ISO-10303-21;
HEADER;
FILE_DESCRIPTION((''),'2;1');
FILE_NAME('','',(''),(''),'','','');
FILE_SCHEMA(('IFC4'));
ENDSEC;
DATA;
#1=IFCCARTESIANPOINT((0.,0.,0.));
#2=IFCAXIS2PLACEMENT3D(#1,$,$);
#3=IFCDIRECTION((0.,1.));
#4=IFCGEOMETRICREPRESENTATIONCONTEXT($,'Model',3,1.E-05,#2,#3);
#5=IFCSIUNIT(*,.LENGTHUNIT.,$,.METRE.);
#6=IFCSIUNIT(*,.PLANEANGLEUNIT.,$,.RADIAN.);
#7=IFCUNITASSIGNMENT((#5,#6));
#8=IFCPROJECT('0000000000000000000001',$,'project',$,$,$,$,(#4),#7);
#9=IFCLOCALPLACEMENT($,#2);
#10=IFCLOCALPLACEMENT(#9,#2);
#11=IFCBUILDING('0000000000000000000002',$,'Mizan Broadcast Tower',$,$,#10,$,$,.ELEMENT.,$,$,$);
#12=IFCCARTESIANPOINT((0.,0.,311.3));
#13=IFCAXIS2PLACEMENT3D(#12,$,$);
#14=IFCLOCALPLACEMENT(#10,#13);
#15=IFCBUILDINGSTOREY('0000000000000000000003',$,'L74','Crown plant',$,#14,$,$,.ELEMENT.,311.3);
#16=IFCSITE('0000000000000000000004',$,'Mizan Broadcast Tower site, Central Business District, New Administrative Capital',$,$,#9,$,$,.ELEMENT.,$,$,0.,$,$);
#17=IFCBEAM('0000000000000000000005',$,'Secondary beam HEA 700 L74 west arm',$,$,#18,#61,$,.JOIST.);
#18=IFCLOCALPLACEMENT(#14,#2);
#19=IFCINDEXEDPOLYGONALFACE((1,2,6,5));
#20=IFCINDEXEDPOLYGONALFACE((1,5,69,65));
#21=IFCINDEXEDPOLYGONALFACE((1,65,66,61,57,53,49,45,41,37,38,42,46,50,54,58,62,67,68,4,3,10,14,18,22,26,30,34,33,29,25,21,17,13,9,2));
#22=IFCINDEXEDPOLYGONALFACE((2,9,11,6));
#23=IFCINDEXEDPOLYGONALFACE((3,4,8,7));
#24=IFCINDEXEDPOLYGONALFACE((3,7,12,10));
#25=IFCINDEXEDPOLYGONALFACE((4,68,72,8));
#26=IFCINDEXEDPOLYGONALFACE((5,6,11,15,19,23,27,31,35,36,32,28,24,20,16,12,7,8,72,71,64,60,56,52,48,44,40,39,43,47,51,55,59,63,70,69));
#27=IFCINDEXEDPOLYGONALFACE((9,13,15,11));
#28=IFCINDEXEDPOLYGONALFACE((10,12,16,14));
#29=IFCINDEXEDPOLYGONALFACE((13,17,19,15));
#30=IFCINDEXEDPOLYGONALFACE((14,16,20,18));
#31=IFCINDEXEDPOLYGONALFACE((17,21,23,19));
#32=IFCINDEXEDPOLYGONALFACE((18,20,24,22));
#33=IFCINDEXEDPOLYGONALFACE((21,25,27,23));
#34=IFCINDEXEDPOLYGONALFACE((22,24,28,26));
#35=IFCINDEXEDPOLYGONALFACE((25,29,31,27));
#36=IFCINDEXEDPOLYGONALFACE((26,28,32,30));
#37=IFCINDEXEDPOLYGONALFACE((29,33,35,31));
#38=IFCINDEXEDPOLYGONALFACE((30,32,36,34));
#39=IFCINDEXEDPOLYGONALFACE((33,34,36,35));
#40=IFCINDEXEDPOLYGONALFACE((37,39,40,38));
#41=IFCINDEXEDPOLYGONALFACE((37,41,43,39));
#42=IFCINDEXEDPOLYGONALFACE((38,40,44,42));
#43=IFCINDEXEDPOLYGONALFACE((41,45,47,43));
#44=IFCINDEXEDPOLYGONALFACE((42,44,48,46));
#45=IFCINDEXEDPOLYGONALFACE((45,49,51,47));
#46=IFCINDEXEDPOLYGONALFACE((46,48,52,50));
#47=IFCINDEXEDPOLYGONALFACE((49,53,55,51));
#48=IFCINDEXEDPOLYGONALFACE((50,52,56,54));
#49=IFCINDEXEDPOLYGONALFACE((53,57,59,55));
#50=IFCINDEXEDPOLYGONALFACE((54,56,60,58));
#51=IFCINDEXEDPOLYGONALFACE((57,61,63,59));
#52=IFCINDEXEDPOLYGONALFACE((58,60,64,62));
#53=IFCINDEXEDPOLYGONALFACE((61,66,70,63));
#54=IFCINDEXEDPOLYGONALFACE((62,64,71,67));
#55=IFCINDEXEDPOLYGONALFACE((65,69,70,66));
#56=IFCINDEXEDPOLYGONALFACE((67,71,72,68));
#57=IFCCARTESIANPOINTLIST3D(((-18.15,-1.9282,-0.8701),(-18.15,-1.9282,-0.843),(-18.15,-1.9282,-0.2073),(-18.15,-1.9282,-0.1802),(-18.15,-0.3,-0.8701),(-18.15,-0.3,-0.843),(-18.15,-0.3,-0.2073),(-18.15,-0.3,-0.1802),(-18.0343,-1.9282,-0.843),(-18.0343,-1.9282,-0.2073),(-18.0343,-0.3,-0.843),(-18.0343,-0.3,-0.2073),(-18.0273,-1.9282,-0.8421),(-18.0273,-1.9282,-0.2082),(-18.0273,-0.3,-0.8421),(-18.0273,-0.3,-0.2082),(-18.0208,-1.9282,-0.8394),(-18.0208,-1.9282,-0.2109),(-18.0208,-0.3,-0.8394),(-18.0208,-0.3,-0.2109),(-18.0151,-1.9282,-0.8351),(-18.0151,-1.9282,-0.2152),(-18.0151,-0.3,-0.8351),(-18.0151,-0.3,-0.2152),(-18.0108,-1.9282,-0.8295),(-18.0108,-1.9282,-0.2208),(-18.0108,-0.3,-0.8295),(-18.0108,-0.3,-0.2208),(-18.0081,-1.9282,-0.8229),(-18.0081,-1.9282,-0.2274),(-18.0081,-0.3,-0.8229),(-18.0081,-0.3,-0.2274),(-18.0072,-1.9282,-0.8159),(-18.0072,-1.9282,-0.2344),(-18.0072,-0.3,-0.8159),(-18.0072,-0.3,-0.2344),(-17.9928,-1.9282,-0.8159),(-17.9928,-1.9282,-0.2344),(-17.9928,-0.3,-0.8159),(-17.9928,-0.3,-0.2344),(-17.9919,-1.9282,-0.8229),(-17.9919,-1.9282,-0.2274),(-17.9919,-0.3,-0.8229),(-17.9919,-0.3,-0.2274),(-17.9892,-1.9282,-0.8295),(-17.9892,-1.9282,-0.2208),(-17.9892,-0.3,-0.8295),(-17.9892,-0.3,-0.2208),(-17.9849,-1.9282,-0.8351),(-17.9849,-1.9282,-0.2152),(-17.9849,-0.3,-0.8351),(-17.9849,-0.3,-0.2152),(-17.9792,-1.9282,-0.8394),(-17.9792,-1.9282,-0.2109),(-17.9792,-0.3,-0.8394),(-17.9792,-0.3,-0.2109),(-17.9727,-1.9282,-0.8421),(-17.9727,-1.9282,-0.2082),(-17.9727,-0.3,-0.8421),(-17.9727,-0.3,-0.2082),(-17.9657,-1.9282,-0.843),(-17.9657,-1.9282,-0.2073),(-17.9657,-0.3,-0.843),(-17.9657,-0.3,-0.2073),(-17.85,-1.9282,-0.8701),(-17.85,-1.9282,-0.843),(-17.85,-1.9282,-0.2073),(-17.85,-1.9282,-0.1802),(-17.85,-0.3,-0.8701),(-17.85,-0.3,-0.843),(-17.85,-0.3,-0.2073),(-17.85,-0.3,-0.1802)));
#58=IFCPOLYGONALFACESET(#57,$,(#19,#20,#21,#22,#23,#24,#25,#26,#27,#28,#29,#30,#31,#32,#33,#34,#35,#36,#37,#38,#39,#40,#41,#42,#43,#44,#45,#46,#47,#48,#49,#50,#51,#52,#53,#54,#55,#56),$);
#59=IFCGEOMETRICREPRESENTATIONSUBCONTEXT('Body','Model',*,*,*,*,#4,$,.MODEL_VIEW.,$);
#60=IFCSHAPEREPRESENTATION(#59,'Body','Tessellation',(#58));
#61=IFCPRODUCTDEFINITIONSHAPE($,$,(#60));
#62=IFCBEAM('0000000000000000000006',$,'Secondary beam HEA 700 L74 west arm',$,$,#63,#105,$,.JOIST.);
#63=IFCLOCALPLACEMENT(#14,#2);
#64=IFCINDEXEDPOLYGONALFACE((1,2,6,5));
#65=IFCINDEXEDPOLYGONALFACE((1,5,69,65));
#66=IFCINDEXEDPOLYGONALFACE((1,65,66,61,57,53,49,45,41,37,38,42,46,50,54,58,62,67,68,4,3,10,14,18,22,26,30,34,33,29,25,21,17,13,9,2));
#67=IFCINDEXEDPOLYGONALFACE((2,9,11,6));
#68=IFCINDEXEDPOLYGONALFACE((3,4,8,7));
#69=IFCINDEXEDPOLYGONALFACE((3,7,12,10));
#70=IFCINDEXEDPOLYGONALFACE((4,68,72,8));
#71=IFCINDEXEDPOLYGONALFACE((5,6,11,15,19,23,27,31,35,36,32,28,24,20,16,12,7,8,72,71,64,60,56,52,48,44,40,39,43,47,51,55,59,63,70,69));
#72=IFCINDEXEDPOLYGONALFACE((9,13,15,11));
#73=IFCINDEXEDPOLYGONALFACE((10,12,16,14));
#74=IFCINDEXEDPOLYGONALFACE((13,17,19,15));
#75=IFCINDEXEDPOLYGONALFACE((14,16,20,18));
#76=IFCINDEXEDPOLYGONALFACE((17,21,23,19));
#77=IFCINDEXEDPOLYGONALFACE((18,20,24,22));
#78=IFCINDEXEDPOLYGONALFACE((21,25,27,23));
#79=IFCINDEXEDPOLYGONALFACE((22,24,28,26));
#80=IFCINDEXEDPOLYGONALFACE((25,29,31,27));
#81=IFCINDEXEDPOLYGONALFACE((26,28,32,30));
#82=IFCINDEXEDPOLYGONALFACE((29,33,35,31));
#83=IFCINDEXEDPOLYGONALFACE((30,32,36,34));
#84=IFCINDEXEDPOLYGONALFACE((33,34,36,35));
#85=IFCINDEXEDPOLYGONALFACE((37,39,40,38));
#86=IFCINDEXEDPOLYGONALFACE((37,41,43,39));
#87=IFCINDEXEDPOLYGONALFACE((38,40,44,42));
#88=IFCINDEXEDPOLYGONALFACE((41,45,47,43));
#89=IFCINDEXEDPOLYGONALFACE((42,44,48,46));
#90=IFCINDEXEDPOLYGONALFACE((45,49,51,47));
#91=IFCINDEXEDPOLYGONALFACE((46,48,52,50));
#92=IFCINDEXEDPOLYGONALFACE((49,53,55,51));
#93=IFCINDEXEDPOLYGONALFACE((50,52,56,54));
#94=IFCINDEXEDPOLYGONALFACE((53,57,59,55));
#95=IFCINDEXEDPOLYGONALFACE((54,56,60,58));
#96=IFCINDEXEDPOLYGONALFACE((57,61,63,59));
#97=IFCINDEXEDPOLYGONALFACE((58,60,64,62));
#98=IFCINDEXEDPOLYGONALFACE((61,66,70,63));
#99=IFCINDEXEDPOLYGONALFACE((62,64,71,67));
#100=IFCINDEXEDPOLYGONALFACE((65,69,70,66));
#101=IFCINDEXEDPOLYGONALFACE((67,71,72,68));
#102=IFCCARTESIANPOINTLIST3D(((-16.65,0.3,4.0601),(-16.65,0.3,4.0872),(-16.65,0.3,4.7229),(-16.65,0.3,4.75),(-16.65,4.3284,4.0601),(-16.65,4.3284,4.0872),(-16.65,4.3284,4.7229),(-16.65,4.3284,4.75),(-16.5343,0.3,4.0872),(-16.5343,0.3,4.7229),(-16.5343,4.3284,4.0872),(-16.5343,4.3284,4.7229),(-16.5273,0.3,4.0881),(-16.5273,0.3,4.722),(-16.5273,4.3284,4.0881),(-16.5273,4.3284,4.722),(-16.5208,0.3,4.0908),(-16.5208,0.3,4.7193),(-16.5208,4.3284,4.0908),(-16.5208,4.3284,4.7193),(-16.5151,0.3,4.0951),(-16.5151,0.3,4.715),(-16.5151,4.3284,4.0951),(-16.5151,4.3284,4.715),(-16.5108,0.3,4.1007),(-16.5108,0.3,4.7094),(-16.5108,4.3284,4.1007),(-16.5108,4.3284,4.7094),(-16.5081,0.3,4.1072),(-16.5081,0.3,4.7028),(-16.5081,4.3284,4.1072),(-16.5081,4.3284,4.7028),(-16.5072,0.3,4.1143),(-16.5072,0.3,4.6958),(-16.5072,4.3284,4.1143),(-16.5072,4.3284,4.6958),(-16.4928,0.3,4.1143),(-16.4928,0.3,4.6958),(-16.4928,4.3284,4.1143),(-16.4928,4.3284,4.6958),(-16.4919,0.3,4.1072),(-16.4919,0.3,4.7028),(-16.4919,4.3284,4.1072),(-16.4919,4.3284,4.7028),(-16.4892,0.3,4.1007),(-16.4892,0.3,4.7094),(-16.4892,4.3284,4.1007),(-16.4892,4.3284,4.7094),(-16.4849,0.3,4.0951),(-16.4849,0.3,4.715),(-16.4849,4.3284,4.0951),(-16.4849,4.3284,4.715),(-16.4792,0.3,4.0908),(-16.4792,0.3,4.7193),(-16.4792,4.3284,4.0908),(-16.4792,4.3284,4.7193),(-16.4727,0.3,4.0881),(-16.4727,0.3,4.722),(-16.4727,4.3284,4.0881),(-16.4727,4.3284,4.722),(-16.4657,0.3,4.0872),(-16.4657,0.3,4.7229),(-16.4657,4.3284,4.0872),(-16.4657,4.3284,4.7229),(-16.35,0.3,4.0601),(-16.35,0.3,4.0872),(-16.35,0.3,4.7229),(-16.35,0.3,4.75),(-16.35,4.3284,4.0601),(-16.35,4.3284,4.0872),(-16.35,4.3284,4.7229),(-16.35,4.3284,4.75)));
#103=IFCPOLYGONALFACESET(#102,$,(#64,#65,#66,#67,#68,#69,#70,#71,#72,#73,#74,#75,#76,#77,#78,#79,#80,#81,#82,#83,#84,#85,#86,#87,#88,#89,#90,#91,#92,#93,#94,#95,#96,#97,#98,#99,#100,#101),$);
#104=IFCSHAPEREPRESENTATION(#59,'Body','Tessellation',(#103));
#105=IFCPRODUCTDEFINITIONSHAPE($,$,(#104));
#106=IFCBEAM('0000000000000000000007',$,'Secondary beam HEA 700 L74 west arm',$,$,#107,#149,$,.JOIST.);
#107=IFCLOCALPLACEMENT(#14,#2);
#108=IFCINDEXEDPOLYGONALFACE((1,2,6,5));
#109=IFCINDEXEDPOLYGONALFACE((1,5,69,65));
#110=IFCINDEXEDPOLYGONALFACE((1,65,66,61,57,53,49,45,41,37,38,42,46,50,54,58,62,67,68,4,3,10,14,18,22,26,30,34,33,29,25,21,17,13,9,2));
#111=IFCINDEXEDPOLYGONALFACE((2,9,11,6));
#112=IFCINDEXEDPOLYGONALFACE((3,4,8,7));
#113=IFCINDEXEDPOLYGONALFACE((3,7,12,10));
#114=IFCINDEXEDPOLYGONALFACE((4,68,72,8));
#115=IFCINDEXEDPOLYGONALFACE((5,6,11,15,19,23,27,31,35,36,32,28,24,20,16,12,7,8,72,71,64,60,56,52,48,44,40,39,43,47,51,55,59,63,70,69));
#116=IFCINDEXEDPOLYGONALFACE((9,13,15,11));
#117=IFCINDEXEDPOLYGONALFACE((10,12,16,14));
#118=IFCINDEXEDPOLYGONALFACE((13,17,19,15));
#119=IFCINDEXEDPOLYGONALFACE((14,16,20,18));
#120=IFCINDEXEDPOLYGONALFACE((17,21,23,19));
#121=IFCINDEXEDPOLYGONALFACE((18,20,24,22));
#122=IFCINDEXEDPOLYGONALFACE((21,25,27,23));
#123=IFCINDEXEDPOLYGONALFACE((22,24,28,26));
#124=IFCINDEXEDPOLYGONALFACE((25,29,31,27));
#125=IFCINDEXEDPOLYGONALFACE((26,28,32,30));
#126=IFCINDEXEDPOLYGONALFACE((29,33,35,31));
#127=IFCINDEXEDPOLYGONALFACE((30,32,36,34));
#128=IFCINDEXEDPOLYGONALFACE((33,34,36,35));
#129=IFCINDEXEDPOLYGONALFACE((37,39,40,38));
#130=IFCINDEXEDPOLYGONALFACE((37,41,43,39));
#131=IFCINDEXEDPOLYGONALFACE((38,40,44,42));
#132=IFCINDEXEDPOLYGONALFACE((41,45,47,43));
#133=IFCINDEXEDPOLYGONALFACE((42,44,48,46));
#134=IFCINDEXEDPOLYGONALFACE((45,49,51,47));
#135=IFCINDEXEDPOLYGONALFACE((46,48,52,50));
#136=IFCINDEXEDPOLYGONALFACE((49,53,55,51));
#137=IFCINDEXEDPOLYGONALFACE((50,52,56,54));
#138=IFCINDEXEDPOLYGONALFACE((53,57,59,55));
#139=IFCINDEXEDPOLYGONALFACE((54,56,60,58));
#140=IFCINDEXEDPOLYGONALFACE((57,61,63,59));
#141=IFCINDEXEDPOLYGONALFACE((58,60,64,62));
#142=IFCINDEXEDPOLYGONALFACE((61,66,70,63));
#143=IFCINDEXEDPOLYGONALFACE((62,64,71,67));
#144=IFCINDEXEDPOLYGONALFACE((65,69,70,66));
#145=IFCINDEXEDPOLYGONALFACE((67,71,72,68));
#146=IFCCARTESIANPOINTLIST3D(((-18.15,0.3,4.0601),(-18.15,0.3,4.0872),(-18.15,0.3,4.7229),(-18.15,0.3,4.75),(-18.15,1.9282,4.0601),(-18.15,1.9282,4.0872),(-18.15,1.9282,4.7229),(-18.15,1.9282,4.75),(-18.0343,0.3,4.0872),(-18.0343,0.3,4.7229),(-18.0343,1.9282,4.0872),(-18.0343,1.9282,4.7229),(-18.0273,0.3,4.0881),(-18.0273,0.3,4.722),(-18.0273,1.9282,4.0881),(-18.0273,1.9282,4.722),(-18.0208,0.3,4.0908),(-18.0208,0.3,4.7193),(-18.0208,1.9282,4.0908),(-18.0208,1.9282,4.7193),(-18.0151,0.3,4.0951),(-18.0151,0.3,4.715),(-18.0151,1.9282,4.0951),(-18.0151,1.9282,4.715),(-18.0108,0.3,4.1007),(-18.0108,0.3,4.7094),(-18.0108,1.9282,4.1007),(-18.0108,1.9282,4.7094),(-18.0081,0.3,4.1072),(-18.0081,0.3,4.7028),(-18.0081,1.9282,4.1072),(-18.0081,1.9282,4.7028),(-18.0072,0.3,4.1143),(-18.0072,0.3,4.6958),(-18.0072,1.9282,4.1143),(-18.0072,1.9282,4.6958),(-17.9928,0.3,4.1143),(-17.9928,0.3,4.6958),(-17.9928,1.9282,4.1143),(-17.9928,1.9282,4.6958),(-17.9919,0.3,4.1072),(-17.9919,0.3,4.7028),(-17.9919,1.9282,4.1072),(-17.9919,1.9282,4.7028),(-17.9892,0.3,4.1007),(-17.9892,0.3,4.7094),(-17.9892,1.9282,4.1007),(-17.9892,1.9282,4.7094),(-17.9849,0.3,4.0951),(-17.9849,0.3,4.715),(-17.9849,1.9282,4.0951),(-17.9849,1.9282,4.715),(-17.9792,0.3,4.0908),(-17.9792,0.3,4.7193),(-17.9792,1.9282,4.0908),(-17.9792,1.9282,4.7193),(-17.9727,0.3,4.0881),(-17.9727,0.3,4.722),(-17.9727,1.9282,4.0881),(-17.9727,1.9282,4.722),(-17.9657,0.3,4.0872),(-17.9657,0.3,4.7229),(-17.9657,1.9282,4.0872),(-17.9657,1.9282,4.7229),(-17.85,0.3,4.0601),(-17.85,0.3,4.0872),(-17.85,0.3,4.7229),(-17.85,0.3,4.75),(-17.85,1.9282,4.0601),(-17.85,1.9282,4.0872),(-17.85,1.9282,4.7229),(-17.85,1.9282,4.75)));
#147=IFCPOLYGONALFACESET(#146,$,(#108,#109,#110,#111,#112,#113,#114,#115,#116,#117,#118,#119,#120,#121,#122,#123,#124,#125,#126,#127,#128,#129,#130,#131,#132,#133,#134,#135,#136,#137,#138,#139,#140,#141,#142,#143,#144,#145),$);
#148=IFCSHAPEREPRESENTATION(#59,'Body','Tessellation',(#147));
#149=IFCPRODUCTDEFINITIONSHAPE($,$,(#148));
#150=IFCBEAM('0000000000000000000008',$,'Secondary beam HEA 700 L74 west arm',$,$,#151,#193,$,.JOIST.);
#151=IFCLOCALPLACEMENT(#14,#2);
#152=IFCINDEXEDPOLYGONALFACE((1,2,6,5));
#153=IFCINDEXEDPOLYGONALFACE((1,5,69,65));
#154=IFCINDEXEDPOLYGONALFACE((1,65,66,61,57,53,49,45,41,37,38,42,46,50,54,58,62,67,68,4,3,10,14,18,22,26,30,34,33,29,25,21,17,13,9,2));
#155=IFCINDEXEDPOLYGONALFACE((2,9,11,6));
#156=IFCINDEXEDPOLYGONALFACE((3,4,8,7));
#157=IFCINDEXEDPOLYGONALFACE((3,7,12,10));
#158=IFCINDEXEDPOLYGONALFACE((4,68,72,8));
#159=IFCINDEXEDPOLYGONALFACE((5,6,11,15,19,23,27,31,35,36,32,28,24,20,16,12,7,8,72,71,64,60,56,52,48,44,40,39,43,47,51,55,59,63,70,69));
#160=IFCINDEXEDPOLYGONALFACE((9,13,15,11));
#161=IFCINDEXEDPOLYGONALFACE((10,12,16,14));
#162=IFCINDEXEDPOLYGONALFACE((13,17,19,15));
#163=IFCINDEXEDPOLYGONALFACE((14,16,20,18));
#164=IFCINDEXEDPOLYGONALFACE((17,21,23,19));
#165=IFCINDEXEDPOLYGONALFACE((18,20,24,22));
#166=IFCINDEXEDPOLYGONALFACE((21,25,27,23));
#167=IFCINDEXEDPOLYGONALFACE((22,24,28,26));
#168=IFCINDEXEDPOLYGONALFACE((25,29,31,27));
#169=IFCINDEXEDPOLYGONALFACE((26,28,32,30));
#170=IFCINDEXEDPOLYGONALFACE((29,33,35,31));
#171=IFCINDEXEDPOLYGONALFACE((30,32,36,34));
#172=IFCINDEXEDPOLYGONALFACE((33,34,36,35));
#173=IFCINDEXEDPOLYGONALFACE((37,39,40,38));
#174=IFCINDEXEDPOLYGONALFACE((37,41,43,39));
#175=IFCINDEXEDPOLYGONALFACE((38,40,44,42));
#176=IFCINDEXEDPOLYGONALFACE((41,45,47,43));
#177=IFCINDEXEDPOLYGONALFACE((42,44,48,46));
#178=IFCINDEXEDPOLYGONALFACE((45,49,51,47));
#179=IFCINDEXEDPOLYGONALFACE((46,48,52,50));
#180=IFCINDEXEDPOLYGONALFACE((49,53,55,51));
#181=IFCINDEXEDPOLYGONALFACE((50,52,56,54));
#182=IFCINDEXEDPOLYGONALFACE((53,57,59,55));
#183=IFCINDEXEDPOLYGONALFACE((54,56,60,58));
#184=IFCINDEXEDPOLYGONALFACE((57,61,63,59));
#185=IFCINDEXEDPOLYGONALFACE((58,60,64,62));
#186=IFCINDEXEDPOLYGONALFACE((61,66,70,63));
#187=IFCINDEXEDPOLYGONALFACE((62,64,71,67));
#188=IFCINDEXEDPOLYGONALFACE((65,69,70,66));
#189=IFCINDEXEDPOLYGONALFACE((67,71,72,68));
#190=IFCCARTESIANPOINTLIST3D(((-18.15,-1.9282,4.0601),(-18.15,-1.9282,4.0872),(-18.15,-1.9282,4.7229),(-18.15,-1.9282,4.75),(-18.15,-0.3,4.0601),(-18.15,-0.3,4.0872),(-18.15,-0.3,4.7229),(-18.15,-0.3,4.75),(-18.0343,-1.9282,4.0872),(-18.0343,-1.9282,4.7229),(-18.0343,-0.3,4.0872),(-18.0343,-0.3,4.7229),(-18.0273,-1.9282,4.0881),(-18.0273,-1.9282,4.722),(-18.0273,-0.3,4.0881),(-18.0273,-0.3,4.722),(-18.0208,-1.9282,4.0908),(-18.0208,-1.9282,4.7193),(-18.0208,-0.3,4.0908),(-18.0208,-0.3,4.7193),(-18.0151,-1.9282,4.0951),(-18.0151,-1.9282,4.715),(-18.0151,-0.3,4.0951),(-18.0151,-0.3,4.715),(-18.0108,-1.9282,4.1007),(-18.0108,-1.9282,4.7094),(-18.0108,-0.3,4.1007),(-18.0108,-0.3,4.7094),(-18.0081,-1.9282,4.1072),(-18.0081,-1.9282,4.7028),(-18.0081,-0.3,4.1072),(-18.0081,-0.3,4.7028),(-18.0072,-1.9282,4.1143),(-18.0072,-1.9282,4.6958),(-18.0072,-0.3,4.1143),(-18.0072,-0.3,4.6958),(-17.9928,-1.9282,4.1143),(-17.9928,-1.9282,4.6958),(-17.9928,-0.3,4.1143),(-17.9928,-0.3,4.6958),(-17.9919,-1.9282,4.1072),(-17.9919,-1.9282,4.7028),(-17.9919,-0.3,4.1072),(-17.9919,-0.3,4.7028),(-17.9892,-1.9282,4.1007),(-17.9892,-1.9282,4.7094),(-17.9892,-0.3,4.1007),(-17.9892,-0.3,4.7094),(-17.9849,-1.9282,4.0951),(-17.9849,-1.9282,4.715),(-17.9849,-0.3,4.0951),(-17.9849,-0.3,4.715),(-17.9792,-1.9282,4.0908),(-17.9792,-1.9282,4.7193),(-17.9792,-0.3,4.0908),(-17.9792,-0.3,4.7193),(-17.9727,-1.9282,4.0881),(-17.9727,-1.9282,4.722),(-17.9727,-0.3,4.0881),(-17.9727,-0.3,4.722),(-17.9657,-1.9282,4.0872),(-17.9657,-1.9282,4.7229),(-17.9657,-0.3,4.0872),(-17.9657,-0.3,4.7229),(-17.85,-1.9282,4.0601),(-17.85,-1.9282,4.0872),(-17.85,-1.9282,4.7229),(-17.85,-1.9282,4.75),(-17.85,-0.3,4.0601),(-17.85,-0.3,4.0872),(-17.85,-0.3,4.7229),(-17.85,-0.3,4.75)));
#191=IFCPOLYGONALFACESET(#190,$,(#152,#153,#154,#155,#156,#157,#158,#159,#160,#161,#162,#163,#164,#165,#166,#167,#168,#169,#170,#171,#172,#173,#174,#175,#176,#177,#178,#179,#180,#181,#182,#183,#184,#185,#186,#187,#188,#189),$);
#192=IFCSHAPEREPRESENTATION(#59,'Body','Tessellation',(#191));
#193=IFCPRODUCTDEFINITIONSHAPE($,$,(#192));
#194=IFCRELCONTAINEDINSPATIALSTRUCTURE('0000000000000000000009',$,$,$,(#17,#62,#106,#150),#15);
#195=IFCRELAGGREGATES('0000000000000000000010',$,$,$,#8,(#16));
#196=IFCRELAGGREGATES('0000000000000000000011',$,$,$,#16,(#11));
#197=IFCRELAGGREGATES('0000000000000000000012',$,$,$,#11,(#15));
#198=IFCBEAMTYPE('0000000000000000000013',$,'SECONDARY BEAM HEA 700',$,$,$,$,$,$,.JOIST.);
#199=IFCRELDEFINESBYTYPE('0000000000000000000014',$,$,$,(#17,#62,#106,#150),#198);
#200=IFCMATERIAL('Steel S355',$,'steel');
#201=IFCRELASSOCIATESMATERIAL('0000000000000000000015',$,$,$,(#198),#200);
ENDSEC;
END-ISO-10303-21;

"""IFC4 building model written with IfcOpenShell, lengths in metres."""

from ifc_helpers import new_model, si_unit, direction, frame, origin, origin_2d, place, context, subcontext, project, spatial, i_section, extrude, material, material_profile, profile_set, type_object, element, save


model = new_model("IFC4")

# Units and contexts
model_context = context("Model", 3, precision=1e-05, world=origin(), true_north=direction((0.0, 1.0)))
body_context = subcontext(model_context, "Body", "Model", "MODEL_VIEW")
ifc_project = project(units=[si_unit("LENGTHUNIT", "METRE"), si_unit("PLANEANGLEUNIT", "RADIAN")], contexts=[model_context])

# Site, building, storey
site_placement = place(None, origin())
site = spatial("IfcSite", under=ifc_project, at=site_placement, Name="Mizan Broadcast Tower site, Central Business District, New Administrative Capital", CompositionType="ELEMENT", RefElevation=0.0)
building_placement = place(site_placement, origin())
building = spatial("IfcBuilding", under=site, at=building_placement, Name="Mizan Broadcast Tower", CompositionType="ELEMENT")
storey_placement = place(building_placement, frame((0.0, 0.0, 311.3)))
storey = spatial("IfcBuildingStorey", under=building, at=storey_placement, Name="L74", Description="Crown plant", CompositionType="ELEMENT", Elevation=311.3)

# Beams
ifc_material_1 = material(Name="Steel S355", Category="steel")
ifc_material_profile_1 = material_profile(ifc_material_1, i_section(OverallWidth=0.3, OverallDepth=0.6899, WebThickness=0.0144, FlangeThickness=0.0271, FilletRadius=0.0271, at=origin_2d()), Name="HEA 700")
ifc_profile_set_1 = profile_set([ifc_material_profile_1], Name="Steel S355")
beam_type = type_object("IfcBeamType", Name="SECONDARY BEAM HEA 700", PredefinedType="JOIST", material=ifc_profile_set_1)
for number, where, z_axis, x_axis, name in (
    (1, (-18.0, -1.9282, -0.5251), (0.0, 1.0, 0.0), (-1.0, 0.0, 0.0), "Secondary beam HEA 700 L74 west arm"),
):
    element("IfcBeam", number, at=place(storey_placement, frame(where, z_axis=z_axis, x_axis=x_axis)), inside=storey, type_object=beam_type, Name=name, PredefinedType="JOIST", context=body_context, shape_type="SweptSolid", body=[
        extrude(i_section(OverallWidth=0.3, OverallDepth=0.6899, WebThickness=0.0144, FlangeThickness=0.0271, FilletRadius=0.0271, at=origin_2d()), origin(), (0.0, 0.0, 1.0), 1.6282),
    ])
beam_1_placement = place(storey_placement, frame((-16.5, 4.3284, 4.405), z_axis=(0.0, -1.0, 0.0), x_axis=(1.0, 0.0, 0.0)))
element("IfcBeam", 2, at=beam_1_placement, inside=storey, type_object=beam_type, Name="Secondary beam HEA 700 L74 west arm", PredefinedType="JOIST", context=body_context, shape_type="SweptSolid", body=[
    extrude(i_section(OverallWidth=0.3, OverallDepth=0.6899, WebThickness=0.0144, FlangeThickness=0.0271, FilletRadius=0.0271, at=origin_2d()), origin(), (0.0, 0.0, 1.0), 4.0283),
])
for number, where, z_axis, x_axis, name in (
    (3, (-18.0, 1.9282, 4.405), (0.0, -1.0, 0.0), (1.0, 0.0, 0.0), "Secondary beam HEA 700 L74 west arm"),
    (4, (-18.0, -1.9282, 4.405), (0.0, 1.0, 0.0), (-1.0, 0.0, 0.0), "Secondary beam HEA 700 L74 west arm"),
):
    element("IfcBeam", number, at=place(storey_placement, frame(where, z_axis=z_axis, x_axis=x_axis)), inside=storey, type_object=beam_type, Name=name, PredefinedType="JOIST", context=body_context, shape_type="SweptSolid", body=[
        extrude(i_section(OverallWidth=0.3, OverallDepth=0.6899, WebThickness=0.0144, FlangeThickness=0.0271, FilletRadius=0.0271, at=origin_2d()), origin(), (0.0, 0.0, 1.0), 1.6282),
    ])

save(model, "model.ifc")
